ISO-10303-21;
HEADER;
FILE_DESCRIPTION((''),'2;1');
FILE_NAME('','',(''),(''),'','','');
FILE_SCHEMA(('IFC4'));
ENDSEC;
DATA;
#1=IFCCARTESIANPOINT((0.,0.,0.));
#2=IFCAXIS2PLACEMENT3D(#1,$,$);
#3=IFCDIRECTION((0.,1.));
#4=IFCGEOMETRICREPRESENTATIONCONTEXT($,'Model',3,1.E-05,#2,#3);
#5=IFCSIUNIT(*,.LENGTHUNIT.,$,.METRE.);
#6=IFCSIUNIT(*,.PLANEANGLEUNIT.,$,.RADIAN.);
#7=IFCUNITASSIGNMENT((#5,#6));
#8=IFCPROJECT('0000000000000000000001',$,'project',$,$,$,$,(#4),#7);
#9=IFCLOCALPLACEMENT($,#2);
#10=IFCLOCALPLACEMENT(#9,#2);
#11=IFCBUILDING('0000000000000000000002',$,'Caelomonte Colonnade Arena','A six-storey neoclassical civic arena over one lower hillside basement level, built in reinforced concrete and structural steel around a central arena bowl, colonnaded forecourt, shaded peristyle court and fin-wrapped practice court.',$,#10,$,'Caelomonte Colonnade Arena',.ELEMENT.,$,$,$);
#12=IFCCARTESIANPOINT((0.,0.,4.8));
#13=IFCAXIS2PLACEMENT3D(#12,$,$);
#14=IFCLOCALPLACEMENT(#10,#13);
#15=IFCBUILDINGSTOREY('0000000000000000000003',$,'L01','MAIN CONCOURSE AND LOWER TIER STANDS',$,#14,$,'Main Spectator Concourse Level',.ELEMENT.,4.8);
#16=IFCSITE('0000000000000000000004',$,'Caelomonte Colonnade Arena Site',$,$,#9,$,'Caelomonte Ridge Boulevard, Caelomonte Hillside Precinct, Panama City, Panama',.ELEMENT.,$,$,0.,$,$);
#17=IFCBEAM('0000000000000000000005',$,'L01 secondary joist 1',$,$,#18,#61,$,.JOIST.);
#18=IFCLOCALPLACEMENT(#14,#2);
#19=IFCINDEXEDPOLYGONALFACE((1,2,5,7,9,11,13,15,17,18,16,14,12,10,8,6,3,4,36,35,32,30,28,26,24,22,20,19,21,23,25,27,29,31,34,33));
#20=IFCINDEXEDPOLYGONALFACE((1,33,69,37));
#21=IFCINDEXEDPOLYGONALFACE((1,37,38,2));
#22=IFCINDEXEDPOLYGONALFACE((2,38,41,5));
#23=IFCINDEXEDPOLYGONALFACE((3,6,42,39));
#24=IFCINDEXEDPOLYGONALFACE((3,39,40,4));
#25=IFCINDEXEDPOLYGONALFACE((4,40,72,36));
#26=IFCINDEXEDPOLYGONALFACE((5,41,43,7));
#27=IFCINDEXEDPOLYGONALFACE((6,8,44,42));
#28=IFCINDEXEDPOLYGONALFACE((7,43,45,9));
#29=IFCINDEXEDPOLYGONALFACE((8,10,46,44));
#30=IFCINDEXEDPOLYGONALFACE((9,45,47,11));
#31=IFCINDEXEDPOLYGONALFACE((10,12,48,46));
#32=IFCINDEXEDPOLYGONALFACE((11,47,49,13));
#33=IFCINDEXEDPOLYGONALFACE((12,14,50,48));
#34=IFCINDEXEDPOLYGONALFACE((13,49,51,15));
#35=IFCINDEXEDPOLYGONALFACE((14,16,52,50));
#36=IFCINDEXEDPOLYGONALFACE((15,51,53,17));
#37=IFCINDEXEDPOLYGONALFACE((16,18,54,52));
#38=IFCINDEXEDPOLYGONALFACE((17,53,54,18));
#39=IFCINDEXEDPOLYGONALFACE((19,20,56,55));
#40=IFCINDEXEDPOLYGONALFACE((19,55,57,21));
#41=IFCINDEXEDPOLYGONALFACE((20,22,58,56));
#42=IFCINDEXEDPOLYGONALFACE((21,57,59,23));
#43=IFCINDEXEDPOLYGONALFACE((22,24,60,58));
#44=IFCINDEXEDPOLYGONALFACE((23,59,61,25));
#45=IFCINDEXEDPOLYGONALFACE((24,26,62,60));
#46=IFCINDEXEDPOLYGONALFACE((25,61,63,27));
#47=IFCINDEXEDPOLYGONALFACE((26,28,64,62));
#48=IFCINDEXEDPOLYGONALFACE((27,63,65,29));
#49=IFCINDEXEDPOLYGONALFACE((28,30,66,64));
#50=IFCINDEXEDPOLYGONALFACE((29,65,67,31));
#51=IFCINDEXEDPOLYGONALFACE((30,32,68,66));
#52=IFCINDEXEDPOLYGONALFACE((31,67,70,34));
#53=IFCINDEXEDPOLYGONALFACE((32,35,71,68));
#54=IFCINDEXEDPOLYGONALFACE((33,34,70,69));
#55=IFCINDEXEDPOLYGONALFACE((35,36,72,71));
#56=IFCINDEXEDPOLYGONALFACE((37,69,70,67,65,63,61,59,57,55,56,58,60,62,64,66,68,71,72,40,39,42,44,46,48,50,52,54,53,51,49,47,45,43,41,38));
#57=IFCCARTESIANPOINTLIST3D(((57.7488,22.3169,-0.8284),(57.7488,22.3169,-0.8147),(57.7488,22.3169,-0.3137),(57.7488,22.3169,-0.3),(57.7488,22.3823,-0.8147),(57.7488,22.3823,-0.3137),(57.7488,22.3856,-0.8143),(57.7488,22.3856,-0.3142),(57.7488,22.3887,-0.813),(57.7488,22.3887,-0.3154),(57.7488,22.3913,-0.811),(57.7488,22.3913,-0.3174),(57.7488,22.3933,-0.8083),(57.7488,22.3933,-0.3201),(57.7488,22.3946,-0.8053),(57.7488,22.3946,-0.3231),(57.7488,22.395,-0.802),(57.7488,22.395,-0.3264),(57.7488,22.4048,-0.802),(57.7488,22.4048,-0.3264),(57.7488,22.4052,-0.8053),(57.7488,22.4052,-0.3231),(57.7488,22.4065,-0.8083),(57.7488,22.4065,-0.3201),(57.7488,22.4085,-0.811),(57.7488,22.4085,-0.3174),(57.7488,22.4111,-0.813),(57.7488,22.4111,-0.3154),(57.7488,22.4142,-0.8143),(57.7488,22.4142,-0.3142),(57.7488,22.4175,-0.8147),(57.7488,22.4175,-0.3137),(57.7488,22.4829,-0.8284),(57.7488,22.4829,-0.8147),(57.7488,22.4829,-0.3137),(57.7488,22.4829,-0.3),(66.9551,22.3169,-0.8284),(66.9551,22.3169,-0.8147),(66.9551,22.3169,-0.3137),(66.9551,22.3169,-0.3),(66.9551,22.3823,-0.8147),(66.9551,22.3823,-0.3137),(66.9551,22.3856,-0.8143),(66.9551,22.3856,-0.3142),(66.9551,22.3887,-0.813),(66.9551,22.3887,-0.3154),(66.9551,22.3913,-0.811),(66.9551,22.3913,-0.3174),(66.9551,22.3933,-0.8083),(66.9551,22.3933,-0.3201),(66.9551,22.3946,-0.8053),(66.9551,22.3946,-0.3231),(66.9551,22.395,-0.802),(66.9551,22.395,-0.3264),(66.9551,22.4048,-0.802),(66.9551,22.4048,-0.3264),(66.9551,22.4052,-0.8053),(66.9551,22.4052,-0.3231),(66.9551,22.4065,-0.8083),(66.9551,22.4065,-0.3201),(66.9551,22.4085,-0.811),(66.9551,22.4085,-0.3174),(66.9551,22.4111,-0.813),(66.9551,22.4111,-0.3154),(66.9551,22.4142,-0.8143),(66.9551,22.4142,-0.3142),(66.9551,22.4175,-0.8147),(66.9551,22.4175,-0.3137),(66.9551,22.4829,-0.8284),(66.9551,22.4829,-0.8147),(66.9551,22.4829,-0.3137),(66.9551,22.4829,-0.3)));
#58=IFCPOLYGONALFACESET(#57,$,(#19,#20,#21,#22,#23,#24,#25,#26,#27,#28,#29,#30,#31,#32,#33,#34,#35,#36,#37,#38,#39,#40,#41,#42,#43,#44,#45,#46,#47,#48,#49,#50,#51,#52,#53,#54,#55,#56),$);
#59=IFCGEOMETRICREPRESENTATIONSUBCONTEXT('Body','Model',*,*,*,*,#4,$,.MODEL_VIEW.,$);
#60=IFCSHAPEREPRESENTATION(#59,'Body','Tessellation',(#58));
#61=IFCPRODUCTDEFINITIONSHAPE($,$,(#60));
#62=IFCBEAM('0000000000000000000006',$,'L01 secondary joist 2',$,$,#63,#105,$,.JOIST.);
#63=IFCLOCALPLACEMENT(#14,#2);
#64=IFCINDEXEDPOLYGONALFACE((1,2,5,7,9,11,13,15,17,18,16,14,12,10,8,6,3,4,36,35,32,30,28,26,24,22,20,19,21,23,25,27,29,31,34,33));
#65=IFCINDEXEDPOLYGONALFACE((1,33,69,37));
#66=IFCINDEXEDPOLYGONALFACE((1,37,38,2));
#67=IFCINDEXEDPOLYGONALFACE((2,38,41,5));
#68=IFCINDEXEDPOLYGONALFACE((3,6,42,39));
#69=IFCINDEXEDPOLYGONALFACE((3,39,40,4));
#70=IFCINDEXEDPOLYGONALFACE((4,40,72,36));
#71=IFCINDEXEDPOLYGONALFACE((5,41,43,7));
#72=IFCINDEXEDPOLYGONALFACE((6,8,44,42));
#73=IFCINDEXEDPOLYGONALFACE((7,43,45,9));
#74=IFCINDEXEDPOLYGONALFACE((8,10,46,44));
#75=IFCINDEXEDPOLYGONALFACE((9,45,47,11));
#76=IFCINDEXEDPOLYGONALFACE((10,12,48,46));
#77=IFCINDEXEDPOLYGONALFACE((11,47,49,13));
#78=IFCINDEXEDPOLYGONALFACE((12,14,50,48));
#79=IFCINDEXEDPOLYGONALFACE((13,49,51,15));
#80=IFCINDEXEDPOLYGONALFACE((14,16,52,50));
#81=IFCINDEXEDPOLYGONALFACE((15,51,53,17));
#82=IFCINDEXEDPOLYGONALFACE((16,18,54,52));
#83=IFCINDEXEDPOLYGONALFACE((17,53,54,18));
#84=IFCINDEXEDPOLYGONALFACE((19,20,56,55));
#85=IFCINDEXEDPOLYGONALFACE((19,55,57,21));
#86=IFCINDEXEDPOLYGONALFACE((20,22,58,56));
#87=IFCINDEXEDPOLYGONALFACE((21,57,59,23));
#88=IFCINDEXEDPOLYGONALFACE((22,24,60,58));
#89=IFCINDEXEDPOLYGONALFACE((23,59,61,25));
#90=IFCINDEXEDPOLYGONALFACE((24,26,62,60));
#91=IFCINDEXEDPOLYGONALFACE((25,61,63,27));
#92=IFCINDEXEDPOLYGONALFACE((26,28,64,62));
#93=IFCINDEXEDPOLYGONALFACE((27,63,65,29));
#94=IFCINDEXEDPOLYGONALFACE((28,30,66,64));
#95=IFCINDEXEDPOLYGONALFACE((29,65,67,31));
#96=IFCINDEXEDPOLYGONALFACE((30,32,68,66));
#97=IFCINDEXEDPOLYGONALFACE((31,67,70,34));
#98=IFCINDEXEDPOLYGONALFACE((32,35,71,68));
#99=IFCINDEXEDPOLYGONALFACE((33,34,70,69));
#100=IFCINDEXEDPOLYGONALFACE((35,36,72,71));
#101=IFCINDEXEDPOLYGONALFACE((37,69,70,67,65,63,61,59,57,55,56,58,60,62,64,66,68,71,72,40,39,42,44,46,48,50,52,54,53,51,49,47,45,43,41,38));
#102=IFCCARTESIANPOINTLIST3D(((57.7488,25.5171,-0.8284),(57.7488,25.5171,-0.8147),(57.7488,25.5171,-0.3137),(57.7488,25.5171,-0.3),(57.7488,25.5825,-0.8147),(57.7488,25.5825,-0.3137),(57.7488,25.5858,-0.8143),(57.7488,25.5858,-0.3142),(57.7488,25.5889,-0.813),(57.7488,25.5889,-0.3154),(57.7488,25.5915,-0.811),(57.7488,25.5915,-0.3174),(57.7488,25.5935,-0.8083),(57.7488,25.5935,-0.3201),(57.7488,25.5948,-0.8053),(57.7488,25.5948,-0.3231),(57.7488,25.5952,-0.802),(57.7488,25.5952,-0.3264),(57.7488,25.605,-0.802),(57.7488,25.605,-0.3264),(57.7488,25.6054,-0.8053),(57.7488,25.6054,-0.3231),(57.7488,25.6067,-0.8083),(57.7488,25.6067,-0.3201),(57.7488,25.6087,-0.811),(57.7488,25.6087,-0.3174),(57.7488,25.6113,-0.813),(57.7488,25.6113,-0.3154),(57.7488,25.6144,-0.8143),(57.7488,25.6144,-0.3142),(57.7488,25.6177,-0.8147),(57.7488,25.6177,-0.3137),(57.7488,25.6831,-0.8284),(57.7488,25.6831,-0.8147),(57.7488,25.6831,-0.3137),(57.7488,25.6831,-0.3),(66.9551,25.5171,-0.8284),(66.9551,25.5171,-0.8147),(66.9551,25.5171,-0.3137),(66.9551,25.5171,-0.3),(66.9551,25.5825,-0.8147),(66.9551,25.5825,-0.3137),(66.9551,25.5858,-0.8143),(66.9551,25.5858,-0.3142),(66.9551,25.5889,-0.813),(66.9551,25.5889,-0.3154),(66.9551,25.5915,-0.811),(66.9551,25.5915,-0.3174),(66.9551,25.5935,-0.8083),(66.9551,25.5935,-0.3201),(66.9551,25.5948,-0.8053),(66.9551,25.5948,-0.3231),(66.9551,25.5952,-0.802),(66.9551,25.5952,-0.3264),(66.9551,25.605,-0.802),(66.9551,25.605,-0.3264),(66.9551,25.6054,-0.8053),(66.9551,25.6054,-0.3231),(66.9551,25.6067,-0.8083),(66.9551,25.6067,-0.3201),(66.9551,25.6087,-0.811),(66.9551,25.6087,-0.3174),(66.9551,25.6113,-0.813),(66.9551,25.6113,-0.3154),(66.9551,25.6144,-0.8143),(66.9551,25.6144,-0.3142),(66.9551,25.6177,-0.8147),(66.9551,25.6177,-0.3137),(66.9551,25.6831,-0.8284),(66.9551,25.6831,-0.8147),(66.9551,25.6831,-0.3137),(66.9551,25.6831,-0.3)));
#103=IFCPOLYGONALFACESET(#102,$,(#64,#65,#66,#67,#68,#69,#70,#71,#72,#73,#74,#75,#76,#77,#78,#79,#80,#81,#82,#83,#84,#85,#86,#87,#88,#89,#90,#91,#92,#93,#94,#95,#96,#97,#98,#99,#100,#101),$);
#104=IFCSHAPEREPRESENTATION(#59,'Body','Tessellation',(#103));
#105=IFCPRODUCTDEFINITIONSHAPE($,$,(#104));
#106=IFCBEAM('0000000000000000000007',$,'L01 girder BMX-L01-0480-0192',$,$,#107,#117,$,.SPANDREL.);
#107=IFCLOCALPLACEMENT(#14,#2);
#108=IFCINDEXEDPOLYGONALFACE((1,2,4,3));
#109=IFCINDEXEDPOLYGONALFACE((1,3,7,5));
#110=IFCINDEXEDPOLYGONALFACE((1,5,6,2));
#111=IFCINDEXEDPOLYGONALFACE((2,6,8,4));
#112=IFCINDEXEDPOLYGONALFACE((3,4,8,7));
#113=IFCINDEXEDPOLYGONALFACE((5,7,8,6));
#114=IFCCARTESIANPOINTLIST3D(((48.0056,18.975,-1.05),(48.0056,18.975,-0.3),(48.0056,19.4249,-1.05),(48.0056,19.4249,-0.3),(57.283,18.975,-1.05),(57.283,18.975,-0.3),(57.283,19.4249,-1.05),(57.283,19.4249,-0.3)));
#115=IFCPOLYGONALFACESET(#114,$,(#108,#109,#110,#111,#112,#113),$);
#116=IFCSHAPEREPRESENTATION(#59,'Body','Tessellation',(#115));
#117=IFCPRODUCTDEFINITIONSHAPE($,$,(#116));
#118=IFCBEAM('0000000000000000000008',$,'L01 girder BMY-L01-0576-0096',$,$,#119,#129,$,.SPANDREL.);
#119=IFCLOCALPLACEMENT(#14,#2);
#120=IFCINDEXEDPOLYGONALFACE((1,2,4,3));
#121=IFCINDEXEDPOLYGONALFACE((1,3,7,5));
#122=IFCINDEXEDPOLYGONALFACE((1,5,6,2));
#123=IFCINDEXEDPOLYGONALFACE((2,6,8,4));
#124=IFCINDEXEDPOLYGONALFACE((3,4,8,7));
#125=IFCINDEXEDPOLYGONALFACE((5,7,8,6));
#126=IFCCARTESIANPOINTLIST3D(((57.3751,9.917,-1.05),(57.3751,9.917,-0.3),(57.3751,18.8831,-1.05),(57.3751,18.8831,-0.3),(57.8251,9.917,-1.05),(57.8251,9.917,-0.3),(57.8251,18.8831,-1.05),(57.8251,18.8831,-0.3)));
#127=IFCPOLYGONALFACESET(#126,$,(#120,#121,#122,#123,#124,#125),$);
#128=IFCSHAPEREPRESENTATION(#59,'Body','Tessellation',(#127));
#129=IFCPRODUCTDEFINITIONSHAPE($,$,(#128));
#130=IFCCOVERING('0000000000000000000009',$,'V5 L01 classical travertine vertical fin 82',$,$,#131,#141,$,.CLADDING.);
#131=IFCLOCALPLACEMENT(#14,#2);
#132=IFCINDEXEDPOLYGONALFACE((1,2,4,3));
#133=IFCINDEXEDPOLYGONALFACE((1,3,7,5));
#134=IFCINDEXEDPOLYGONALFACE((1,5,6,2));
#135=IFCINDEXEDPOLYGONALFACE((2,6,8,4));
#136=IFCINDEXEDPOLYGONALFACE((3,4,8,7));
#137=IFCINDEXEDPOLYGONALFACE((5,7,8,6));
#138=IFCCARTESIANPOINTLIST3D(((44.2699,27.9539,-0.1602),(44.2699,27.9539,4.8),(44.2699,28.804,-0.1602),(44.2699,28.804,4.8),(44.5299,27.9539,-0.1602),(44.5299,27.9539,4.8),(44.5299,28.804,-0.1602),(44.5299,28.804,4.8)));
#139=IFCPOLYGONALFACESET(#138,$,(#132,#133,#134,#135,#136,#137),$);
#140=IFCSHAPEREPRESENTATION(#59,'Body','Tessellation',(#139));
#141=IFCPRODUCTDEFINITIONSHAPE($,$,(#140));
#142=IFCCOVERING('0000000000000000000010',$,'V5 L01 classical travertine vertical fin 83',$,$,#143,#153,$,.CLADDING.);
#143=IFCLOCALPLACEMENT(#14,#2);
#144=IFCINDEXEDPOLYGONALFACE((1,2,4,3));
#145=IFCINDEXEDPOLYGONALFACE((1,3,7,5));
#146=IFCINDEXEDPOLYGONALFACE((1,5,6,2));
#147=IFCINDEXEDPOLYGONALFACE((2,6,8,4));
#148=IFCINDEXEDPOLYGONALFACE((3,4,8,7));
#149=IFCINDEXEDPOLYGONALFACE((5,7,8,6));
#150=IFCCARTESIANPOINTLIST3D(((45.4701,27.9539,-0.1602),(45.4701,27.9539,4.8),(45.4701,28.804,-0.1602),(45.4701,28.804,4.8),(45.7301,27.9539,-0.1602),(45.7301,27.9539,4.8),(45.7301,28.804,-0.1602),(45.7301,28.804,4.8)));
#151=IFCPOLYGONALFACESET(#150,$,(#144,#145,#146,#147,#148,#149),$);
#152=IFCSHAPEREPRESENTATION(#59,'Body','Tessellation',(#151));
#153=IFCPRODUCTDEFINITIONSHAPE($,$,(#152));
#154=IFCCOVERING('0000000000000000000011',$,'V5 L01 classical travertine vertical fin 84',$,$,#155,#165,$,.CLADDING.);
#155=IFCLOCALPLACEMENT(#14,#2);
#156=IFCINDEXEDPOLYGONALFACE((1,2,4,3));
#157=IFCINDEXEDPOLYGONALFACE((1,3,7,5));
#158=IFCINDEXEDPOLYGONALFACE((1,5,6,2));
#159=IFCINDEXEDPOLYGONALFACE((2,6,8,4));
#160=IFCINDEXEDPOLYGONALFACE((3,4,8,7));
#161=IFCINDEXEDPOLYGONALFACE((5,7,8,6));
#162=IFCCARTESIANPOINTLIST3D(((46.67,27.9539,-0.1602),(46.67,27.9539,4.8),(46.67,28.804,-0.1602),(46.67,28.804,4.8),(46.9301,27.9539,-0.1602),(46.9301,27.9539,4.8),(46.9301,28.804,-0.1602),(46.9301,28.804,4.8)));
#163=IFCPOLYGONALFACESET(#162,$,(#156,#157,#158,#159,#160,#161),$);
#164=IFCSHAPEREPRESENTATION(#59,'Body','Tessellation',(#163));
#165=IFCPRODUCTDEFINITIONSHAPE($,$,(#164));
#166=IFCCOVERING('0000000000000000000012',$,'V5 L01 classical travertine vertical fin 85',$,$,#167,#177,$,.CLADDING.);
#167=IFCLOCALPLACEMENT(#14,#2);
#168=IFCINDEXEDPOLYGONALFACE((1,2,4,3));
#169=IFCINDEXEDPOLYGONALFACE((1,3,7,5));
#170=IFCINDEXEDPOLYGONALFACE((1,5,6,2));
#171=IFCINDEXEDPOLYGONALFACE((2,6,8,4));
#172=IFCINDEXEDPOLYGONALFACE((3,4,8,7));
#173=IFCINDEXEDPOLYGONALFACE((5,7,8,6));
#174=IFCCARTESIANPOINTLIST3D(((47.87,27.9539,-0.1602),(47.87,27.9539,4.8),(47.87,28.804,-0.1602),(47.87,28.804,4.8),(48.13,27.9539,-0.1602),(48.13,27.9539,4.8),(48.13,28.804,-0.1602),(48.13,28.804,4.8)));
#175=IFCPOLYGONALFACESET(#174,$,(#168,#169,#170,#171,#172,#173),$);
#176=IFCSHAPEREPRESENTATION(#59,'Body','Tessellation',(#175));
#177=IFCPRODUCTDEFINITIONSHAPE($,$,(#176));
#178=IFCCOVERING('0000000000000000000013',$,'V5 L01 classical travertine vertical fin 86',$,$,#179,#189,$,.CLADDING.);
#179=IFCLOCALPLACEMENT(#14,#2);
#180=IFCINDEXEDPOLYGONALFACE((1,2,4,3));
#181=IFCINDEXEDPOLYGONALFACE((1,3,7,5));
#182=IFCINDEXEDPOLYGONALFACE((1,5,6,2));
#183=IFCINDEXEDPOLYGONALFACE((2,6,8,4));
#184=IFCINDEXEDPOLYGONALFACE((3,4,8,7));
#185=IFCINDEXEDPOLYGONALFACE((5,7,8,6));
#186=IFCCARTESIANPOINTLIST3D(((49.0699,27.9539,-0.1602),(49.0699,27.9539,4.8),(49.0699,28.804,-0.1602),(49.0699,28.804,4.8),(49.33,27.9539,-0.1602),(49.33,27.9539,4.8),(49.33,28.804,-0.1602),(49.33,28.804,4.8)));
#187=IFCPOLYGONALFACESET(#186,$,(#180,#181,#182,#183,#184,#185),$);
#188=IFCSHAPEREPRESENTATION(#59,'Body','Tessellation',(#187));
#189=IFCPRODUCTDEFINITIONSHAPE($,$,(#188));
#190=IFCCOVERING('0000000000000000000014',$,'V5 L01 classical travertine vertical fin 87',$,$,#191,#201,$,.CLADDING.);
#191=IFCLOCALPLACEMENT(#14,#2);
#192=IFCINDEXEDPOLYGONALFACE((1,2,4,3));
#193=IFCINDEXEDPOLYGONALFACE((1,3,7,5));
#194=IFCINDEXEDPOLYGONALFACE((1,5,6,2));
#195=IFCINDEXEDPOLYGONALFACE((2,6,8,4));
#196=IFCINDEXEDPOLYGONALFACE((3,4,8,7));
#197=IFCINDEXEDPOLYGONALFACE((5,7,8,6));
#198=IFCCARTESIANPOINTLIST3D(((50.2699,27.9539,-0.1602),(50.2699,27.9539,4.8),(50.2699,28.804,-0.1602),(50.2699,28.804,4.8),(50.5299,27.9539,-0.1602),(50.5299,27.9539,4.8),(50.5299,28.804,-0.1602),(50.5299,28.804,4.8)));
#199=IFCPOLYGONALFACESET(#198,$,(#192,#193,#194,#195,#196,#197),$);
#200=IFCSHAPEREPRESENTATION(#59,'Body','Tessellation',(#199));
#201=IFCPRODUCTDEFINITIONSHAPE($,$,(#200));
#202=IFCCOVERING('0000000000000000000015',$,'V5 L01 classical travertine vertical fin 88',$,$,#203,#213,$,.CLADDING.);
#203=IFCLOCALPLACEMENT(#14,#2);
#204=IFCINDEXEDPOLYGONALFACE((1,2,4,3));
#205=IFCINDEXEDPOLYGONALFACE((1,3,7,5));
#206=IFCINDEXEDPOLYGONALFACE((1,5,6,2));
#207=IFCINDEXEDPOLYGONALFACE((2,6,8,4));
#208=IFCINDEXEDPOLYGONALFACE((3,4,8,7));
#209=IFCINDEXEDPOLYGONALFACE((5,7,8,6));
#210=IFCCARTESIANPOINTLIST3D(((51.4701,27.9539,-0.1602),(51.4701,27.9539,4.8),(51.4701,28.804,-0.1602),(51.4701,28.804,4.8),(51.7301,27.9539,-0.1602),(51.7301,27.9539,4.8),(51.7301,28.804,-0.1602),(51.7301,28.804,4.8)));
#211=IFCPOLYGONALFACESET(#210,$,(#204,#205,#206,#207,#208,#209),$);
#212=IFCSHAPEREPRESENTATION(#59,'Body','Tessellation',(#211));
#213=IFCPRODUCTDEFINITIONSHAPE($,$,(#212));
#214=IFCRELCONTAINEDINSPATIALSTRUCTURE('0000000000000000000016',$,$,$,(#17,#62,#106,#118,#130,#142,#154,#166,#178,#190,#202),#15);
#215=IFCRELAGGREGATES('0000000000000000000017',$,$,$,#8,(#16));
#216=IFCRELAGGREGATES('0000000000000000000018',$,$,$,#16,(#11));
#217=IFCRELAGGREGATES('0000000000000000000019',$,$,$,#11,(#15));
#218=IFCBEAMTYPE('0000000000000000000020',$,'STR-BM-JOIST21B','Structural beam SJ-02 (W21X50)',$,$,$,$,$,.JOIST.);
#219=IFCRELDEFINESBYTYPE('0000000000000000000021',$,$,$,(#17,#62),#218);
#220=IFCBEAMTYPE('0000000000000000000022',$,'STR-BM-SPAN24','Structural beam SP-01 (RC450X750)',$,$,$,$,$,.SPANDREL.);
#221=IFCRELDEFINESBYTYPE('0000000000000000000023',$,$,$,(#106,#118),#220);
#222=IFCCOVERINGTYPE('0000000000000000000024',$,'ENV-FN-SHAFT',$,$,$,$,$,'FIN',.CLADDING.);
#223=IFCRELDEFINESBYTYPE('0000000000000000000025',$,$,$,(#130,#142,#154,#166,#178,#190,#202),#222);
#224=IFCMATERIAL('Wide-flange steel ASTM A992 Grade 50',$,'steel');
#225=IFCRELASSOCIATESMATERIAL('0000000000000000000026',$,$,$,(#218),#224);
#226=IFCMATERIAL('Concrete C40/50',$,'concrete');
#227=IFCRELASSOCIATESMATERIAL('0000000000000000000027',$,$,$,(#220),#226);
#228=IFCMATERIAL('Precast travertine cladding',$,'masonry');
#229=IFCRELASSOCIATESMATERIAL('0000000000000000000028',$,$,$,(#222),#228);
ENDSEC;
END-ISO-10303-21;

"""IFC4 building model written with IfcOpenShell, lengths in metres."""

from ifc_helpers import new_model, si_unit, direction, frame, origin, origin_2d, place, context, subcontext, project, spatial, rectangle, i_section, extrude, material, material_profile, profile_set, type_object, element, save


model = new_model("IFC4")

# Units and contexts
model_context = context("Model", 3, precision=1e-05, world=origin(), true_north=direction((0.0, 1.0)))
body_context = subcontext(model_context, "Body", "Model", "MODEL_VIEW")
ifc_project = project(units=[si_unit("LENGTHUNIT", "METRE"), si_unit("PLANEANGLEUNIT", "RADIAN")], contexts=[model_context])

# Site, building, storey
site_placement = place(None, origin())
site = spatial("IfcSite", under=ifc_project, at=site_placement, Name="Caelomonte Colonnade Arena Site", LongName="Caelomonte Ridge Boulevard, Caelomonte Hillside Precinct, Panama City, Panama", CompositionType="ELEMENT", RefElevation=0.0)
building_placement = place(site_placement, origin())
building = spatial("IfcBuilding", under=site, at=building_placement, Name="Caelomonte Colonnade Arena", Description="A six-storey neoclassical civic arena over one lower hillside basement level, built in reinforced concrete and structural steel around a central arena bowl, colonnaded forecourt, shaded peristyle court and fin-wrapped practice court.", LongName="Caelomonte Colonnade Arena", CompositionType="ELEMENT")
storey_placement = place(building_placement, frame((0.0, 0.0, 4.8)))
storey = spatial("IfcBuildingStorey", under=building, at=storey_placement, Name="L01", Description="MAIN CONCOURSE AND LOWER TIER STANDS", LongName="Main Spectator Concourse Level", CompositionType="ELEMENT", Elevation=4.8)

# Beams
ifc_material_1 = material(Name="Wide-flange steel ASTM A992 Grade 50", Category="steel")
ifc_material_profile_1 = material_profile(ifc_material_1, i_section(OverallWidth=0.166, OverallDepth=0.5283, WebThickness=0.0098, FlangeThickness=0.0137, FilletRadius=0.0127, at=origin_2d()), Name="W21X50")
ifc_profile_set_1 = profile_set([ifc_material_profile_1], Name="Wide-flange steel ASTM A992 Grade 50")
beam_type_1 = type_object("IfcBeamType", Name="STR-BM-JOIST21B", Description="Structural beam SJ-02 (W21X50)", PredefinedType="JOIST", material=ifc_profile_set_1)
for number, where, z_axis, x_axis, name in (
    (1, (57.7488, 22.3999, -0.5642), (1.0, 0.0, 0.0), (0.0, 1.0, 0.0), "L01 secondary joist 1"),
    (2, (57.7488, 25.6001, -0.5642), (1.0, 0.0, 0.0), (0.0, 1.0, 0.0), "L01 secondary joist 2"),
):
    element("IfcBeam", number, at=place(storey_placement, frame(where, z_axis=z_axis, x_axis=x_axis)), inside=storey, type_object=beam_type_1, Name=name, PredefinedType="JOIST", context=body_context, shape_type="SweptSolid", body=[
        extrude(i_section(OverallWidth=0.166, OverallDepth=0.5283, WebThickness=0.0098, FlangeThickness=0.0137, FilletRadius=0.0127, at=origin_2d()), origin(), (0.0, 0.0, 1.0), 9.2063),
    ])
ifc_material_2 = material(Name="Concrete C40/50", Category="concrete")
ifc_material_profile_2 = material_profile(ifc_material_2, rectangle(XDim=0.45, YDim=0.75, at=origin_2d()), Name="RC450X750")
ifc_profile_set_2 = profile_set([ifc_material_profile_2], Name="Concrete C40/50")
beam_type_2 = type_object("IfcBeamType", Name="STR-BM-SPAN24", Description="Structural beam SP-01 (RC450X750)", PredefinedType="SPANDREL", material=ifc_profile_set_2)
beam_1_placement = place(storey_placement, frame((48.0056, 19.2, -0.675), z_axis=(1.0, 0.0, 0.0), x_axis=(0.0, 1.0, 0.0)))
element("IfcBeam", 3, at=beam_1_placement, inside=storey, type_object=beam_type_2, Name="L01 girder BMX-L01-0480-0192", PredefinedType="SPANDREL", context=body_context, shape_type="SweptSolid", body=[
    extrude(rectangle(XDim=0.45, YDim=0.75, at=origin_2d()), origin(), (0.0, 0.0, 1.0), 9.2773),
])
beam_2_placement = place(storey_placement, frame((57.6001, 9.917, -0.675), z_axis=(0.0, 1.0, 0.0), x_axis=(-1.0, 0.0, 0.0)))
element("IfcBeam", 4, at=beam_2_placement, inside=storey, type_object=beam_type_2, Name="L01 girder BMY-L01-0576-0096", PredefinedType="SPANDREL", context=body_context, shape_type="SweptSolid", body=[
    extrude(rectangle(XDim=0.45, YDim=0.75, at=origin_2d()), origin(), (0.0, 0.0, 1.0), 8.9661),
])

# Coverings
ifc_material_3 = material(Name="Precast travertine cladding", Category="masonry")
ifc_material_profile_3 = material_profile(ifc_material_3, rectangle(XDim=0.26, YDim=0.8501, at=origin_2d()), Name="FIN260X850")
ifc_profile_set_3 = profile_set([ifc_material_profile_3], Name="Precast travertine cladding")
covering_type = type_object("IfcCoveringType", Name="ENV-FN-SHAFT", ElementType="FIN", PredefinedType="CLADDING", material=ifc_profile_set_3)
for number, where, z_axis, x_axis, name in (
    (5, (44.3999, 28.3789, -0.1602), (0.0, 0.0, 1.0), (-1.0, 0.0, 0.0), "V5 L01 classical travertine vertical fin 82"),
    (6, (45.6001, 28.3789, -0.1602), (0.0, 0.0, 1.0), (-1.0, 0.0, 0.0), "V5 L01 classical travertine vertical fin 83"),
    (7, (46.8, 28.3789, -0.1602), (0.0, 0.0, 1.0), (-1.0, 0.0, 0.0), "V5 L01 classical travertine vertical fin 84"),
    (8, (48.0, 28.3789, -0.1602), (0.0, 0.0, 1.0), (-1.0, 0.0, 0.0), "V5 L01 classical travertine vertical fin 85"),
    (9, (49.2, 28.3789, -0.1602), (0.0, 0.0, 1.0), (-1.0, 0.0, 0.0), "V5 L01 classical travertine vertical fin 86"),
    (10, (50.3999, 28.3789, -0.1602), (0.0, 0.0, 1.0), (-1.0, 0.0, 0.0), "V5 L01 classical travertine vertical fin 87"),
    (11, (51.6001, 28.3789, -0.1602), (0.0, 0.0, 1.0), (-1.0, 0.0, 0.0), "V5 L01 classical travertine vertical fin 88"),
):
    element("IfcCovering", number, at=place(storey_placement, frame(where, z_axis=z_axis, x_axis=x_axis)), inside=storey, type_object=covering_type, Name=name, PredefinedType="CLADDING", context=body_context, shape_type="SweptSolid", body=[
        extrude(rectangle(XDim=0.26, YDim=0.8501, at=origin_2d()), origin(), (0.0, 0.0, 1.0), 4.9602),
    ])

save(model, "model.ifc")
